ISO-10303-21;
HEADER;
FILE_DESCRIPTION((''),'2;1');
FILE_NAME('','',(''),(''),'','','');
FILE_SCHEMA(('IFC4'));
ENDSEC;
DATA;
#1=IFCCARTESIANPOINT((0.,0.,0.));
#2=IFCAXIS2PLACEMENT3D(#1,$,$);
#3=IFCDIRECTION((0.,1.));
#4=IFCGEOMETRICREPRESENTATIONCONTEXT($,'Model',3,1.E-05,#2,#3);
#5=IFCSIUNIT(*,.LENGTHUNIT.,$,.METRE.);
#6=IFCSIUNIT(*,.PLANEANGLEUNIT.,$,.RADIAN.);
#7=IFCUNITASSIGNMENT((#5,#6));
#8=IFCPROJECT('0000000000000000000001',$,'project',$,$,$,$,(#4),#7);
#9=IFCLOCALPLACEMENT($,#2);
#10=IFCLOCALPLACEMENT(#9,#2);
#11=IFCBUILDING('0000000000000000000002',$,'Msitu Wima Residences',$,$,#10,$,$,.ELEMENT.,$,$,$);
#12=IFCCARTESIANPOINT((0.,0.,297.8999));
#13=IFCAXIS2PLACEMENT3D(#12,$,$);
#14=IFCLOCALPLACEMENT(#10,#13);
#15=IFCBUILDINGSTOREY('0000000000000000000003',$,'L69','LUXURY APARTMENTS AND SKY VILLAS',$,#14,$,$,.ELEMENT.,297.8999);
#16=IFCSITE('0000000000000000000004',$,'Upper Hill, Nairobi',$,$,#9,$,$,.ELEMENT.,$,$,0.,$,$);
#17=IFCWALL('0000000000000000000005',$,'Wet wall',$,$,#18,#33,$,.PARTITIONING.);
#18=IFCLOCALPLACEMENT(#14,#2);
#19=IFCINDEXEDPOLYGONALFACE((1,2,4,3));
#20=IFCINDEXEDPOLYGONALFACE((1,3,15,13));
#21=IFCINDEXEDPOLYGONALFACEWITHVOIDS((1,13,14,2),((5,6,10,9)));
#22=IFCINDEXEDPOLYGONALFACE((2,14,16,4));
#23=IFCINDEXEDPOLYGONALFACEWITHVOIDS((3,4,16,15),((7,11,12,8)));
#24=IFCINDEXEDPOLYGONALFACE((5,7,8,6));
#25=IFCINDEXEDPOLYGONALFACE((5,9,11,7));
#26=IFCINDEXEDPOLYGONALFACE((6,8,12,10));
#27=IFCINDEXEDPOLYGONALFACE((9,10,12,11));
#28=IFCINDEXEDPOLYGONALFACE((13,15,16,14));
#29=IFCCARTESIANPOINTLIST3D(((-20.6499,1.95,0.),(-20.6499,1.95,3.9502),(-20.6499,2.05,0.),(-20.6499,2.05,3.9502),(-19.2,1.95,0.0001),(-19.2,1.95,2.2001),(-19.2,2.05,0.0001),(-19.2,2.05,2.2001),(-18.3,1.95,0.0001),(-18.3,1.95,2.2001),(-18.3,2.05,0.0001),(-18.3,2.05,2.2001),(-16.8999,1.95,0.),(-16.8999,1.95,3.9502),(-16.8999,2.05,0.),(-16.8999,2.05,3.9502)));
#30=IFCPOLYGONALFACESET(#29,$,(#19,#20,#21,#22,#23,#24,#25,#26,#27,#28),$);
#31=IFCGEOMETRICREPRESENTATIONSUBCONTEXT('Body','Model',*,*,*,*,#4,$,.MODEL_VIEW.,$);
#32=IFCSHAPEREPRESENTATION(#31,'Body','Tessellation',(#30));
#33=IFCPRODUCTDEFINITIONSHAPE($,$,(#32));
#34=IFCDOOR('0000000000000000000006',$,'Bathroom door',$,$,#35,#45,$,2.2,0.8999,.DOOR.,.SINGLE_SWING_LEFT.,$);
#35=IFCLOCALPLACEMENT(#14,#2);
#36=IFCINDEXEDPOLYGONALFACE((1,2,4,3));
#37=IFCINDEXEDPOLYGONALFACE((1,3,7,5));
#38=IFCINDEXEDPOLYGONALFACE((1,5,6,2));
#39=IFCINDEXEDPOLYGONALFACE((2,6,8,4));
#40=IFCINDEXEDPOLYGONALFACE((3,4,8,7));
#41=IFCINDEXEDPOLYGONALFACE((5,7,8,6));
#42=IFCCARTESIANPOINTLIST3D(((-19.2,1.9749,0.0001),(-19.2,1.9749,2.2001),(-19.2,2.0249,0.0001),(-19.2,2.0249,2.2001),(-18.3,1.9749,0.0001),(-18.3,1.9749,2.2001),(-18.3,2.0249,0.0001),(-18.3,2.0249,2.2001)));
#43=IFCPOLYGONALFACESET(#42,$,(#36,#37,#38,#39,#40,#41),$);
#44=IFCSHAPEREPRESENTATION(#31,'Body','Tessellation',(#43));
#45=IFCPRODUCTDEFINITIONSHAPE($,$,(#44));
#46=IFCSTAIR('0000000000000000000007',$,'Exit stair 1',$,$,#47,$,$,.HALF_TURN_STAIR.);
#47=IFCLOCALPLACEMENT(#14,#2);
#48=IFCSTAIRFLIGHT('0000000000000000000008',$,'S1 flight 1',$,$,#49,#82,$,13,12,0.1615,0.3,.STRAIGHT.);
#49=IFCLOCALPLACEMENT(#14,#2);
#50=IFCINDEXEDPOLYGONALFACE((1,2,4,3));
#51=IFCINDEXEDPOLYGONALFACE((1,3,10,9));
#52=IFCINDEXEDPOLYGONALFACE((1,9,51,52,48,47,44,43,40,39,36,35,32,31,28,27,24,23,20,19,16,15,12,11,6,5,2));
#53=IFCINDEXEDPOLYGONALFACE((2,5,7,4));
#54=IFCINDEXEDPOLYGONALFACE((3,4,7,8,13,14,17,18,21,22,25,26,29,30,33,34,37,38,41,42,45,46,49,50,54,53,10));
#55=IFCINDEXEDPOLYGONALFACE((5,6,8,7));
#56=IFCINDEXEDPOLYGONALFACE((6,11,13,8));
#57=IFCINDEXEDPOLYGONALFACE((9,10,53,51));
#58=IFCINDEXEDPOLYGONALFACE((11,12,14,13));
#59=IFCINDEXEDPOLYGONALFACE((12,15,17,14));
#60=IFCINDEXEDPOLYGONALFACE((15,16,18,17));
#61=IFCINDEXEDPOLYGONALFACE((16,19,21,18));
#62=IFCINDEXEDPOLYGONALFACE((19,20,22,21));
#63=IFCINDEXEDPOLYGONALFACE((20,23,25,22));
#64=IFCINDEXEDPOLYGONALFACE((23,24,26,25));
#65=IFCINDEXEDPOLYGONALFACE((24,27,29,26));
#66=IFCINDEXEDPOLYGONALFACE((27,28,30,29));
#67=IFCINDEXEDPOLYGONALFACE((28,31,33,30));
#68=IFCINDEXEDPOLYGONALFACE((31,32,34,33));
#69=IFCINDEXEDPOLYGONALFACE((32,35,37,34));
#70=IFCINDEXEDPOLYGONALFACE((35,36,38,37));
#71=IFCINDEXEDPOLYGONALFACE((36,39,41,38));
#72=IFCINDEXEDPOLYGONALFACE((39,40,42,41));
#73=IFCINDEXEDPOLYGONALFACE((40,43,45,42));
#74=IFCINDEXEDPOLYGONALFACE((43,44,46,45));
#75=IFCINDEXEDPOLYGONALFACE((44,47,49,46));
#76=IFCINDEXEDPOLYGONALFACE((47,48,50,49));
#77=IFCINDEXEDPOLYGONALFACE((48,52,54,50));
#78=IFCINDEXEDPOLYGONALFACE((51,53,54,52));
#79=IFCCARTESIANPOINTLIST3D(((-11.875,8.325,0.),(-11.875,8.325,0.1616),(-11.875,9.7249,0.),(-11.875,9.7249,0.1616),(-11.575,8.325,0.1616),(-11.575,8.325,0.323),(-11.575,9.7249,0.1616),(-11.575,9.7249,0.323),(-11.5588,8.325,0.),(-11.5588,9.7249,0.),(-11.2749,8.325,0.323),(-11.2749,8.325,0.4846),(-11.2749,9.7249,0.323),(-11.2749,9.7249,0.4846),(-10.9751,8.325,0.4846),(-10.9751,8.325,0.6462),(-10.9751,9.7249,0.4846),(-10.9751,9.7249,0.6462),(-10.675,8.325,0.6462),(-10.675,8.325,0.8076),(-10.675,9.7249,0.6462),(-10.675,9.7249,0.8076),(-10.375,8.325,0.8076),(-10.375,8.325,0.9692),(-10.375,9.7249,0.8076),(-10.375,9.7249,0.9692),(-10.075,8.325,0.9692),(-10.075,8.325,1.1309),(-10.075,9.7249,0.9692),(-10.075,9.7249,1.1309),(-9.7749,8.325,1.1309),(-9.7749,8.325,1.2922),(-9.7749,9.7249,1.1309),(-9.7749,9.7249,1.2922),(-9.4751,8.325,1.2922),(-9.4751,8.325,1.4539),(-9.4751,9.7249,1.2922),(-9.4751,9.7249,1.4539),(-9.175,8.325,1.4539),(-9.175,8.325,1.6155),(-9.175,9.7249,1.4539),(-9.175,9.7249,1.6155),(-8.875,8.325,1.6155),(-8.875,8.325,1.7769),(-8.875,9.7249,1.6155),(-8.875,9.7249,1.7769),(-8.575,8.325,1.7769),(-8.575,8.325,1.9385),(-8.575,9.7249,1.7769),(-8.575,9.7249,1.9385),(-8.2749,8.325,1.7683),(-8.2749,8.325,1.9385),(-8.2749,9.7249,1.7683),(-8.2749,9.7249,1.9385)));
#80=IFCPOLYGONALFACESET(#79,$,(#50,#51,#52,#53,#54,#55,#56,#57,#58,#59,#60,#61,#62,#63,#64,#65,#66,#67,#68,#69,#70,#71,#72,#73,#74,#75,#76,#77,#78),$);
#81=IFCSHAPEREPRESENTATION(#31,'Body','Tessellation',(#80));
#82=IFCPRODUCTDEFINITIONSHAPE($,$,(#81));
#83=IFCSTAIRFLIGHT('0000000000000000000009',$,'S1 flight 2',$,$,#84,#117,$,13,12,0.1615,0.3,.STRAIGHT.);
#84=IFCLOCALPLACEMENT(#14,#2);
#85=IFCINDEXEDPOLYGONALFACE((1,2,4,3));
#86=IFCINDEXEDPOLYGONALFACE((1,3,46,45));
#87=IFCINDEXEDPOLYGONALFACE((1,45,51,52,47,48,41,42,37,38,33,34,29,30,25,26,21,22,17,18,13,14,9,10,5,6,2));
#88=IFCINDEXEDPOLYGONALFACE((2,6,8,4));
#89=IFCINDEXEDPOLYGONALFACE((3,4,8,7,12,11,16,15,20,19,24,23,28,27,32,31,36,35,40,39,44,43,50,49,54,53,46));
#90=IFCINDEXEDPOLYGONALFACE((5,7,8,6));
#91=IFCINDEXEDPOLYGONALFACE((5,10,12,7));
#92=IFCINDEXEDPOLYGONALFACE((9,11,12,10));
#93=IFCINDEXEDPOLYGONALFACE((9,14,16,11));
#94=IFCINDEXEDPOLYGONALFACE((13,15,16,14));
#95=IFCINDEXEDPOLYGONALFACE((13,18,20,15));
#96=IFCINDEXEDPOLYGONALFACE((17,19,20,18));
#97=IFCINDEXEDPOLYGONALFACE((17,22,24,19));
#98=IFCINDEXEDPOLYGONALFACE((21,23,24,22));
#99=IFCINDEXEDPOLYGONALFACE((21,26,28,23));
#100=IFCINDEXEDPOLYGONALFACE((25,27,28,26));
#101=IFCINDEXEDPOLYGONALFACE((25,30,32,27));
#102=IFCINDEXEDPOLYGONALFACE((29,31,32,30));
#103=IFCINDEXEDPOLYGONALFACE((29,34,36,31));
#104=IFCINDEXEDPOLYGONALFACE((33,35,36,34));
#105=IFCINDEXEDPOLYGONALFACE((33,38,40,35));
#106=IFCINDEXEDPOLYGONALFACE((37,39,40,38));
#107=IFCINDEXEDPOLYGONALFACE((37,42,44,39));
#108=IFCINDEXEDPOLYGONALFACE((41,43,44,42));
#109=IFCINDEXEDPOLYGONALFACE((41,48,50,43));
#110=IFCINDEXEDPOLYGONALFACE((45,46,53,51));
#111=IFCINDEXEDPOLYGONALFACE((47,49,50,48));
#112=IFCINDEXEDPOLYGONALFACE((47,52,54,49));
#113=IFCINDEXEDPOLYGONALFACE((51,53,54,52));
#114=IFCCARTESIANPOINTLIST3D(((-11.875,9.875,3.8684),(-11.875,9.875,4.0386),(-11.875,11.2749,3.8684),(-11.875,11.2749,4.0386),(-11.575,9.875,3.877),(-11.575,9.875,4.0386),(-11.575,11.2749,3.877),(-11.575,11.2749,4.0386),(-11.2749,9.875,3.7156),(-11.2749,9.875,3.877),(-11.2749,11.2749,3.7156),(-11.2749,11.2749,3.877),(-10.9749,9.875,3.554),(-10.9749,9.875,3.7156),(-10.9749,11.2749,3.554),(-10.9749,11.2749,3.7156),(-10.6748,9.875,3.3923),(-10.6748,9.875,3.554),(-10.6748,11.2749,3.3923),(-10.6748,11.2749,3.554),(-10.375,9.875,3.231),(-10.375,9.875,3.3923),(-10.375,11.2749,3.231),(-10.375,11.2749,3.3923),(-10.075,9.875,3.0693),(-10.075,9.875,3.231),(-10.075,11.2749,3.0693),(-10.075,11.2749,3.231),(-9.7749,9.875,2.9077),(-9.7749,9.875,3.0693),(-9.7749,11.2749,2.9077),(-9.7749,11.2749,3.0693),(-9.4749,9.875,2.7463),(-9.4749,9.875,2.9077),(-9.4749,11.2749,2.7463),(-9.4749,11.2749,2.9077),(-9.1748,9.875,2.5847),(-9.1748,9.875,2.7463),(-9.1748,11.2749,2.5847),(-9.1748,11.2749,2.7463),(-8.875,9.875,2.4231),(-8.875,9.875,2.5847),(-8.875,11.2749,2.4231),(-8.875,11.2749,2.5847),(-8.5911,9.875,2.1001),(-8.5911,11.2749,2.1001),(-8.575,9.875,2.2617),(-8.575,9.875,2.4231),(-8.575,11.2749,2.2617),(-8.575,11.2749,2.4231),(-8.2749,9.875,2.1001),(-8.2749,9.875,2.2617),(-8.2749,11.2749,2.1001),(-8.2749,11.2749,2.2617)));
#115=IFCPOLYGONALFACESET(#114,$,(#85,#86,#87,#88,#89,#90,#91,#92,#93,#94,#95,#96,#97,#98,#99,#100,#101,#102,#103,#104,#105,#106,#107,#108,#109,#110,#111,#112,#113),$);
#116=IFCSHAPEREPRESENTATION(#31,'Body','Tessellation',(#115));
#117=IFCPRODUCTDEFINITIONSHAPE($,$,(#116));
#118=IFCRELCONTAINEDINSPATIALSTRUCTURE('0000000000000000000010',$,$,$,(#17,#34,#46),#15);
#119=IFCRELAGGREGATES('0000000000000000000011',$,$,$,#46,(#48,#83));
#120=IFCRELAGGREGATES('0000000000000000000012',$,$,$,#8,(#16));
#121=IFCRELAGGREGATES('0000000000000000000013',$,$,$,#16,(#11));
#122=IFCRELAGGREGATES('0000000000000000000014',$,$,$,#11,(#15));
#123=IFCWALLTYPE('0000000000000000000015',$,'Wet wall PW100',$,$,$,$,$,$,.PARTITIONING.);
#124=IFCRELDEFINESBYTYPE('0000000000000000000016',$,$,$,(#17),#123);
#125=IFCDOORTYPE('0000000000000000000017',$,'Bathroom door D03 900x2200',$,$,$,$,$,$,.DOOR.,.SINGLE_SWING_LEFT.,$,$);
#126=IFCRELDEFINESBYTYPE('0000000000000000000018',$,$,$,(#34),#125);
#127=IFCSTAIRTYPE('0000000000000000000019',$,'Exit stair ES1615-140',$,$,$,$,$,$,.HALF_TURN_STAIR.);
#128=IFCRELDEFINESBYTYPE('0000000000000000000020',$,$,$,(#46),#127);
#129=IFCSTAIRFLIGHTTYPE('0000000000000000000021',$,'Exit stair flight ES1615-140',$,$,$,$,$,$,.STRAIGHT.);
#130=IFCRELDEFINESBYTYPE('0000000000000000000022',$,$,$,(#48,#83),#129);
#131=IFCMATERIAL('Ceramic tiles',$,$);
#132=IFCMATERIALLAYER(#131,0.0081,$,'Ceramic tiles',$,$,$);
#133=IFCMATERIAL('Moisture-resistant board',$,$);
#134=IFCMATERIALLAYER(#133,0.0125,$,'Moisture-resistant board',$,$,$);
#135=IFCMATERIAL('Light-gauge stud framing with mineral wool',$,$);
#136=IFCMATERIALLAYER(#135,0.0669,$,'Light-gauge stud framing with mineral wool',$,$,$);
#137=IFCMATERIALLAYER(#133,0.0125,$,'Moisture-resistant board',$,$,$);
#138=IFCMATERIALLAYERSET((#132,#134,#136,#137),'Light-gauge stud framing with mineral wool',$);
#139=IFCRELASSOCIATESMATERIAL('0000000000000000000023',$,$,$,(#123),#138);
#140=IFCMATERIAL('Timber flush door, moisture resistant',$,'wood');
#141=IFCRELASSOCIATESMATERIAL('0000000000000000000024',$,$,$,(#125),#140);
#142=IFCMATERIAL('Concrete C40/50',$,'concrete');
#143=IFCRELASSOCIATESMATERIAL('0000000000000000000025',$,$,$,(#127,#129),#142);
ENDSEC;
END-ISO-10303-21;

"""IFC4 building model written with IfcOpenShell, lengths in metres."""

from ifc_helpers import new_model, si_unit, direction, frame, frame_2d, origin, place, context, subcontext, project, spatial, polyline, rectangle, outline, extrude, material, layer, layer_set, type_object, element, fill, aggregate, save


model = new_model("IFC4")

# Units and contexts
model_context = context("Model", 3, precision=1e-05, world=origin(), true_north=direction((0.0, 1.0)))
body_context = subcontext(model_context, "Body", "Model", "MODEL_VIEW")
ifc_project = project(units=[si_unit("LENGTHUNIT", "METRE"), si_unit("PLANEANGLEUNIT", "RADIAN")], contexts=[model_context])

# Site, building, storey
site_placement = place(None, origin())
site = spatial("IfcSite", under=ifc_project, at=site_placement, Name="Upper Hill, Nairobi", CompositionType="ELEMENT", RefElevation=0.0)
building_placement = place(site_placement, origin())
building = spatial("IfcBuilding", under=site, at=building_placement, Name="Msitu Wima Residences", CompositionType="ELEMENT")
storey_placement = place(building_placement, frame((0.0, 0.0, 297.8999)))
storey = spatial("IfcBuildingStorey", under=building, at=storey_placement, Name="L69", Description="LUXURY APARTMENTS AND SKY VILLAS", CompositionType="ELEMENT", Elevation=297.8999)

# Shared definitions
ifc_material_1 = material(Name="Light-gauge stud framing with mineral wool")

# Wall, opening, door
ifc_material_2 = material(Name="Ceramic tiles")
ifc_layer_1 = layer(ifc_material_2, 0.0081, Name="Ceramic tiles")
ifc_material_3 = material(Name="Moisture-resistant board")
ifc_layer_2 = layer(ifc_material_3, 0.0125, Name="Moisture-resistant board")
ifc_layer_3 = layer(ifc_material_1, 0.0669, Name="Light-gauge stud framing with mineral wool")
ifc_layer_4 = layer(ifc_material_3, 0.0125, Name="Moisture-resistant board")
ifc_layer_set_1 = layer_set([ifc_layer_1, ifc_layer_2, ifc_layer_3, ifc_layer_4], Name="Light-gauge stud framing with mineral wool")
wall_type_1 = type_object("IfcWallType", Name="Wet wall PW100", PredefinedType="PARTITIONING", material=ifc_layer_set_1)
wall_1_placement = place(storey_placement, frame((-20.6499, 2.0, 0.0), z_axis=(0.0, 0.0, 1.0), x_axis=(1.0, 0.0, 0.0)))
wall_1 = element("IfcWall", 1, at=wall_1_placement, inside=storey, type_object=wall_type_1, Name="Wet wall", PredefinedType="PARTITIONING", context=body_context, shape_type="SweptSolid", body=[
    extrude(rectangle(XDim=3.75, YDim=0.1001, at=frame_2d((1.875, 0.0))), origin(), (0.0, 0.0, 1.0), 3.9502),
])
opening_1_placement = place(wall_1_placement, frame((1.45, 0.0, 0.0)))
opening_1 = element("IfcOpeningElement", 2, at=opening_1_placement, cuts=wall_1, PredefinedType="OPENING", context=body_context, shape_type="SweptSolid", body=[
    extrude(rectangle(XDim=0.8999, YDim=2.2, at=frame_2d((0.45, 1.1001))), frame((0.0, 0.0601, 0.0), z_axis=(0.0, -1.0, 0.0), x_axis=(1.0, 0.0, 0.0)), (0.0, 0.0, 1.0), 0.1201),
])
ifc_material_4 = material(Name="Timber flush door, moisture resistant", Category="wood")
door_type_1 = type_object("IfcDoorType", Name="Bathroom door D03 900x2200", OperationType="SINGLE_SWING_LEFT", PredefinedType="DOOR", material=ifc_material_4)
door_1_placement = place(opening_1_placement, origin())
door_1 = element("IfcDoor", 3, at=door_1_placement, inside=storey, type_object=door_type_1, Name="Bathroom door", OperationType="SINGLE_SWING_LEFT", OverallHeight=2.2, OverallWidth=0.8999, PredefinedType="DOOR", context=body_context, shape_type="SweptSolid", body=[
    extrude(rectangle(XDim=0.8999, YDim=2.2, at=frame_2d((0.45, 1.1001))), frame((0.0, 0.0249, 0.0), z_axis=(0.0, -1.0, 0.0), x_axis=(1.0, 0.0, 0.0)), (0.0, 0.0, 1.0), 0.05),
])
fill(opening_1, door_1)

# Stair, stair flights
ifc_material_5 = material(Name="Concrete C40/50", Category="concrete")
stair_type = type_object("IfcStairType", Name="Exit stair ES1615-140", PredefinedType="HALF_TURN_STAIR", material=ifc_material_5)
stair_placement = place(storey_placement, origin())
stair = element("IfcStair", 4, at=stair_placement, inside=storey, type_object=stair_type, Name="Exit stair 1", PredefinedType="HALF_TURN_STAIR")
stair_flight_type = type_object("IfcStairFlightType", Name="Exit stair flight ES1615-140", PredefinedType="STRAIGHT", material=ifc_material_5)
stair_flight_1_placement = place(storey_placement, frame((-11.875, 9.0249, 0.0), z_axis=(0.0, 0.0, 1.0), x_axis=(1.0, 0.0, 0.0)))
stair_flight_1 = element("IfcStairFlight", 5, at=stair_flight_1_placement, type_object=stair_flight_type, Name="S1 flight 1", NumberOfRisers=13, NumberOfTreads=12, PredefinedType="STRAIGHT", RiserHeight=0.1615, TreadLength=0.3, context=body_context, shape_type="SweptSolid", body=[
    extrude(outline(polyline([(0.0, 0.0), (0.0, 0.1616), (0.3, 0.1616), (0.3, 0.323), (0.6001, 0.323), (0.6001, 0.4846), (0.8999, 0.4846), (0.8999, 0.6462), (1.2, 0.6462), (1.2, 0.8076), (1.5, 0.8076), (1.5, 0.9692), (1.8, 0.9692), (1.8, 1.1309), (2.1001, 1.1309), (2.1001, 1.2922), (2.3999, 1.2922), (2.3999, 1.4539), (2.7, 1.4539), (2.7, 1.6155), (3.0, 1.6155), (3.0, 1.7769), (3.3, 1.7769), (3.3, 1.9385), (3.6001, 1.9385), (3.6001, 2.1001), (3.6001, 1.7683), (0.3162, 0.0), (0.0, 0.0)])), frame((0.0, 0.7, 0.0), z_axis=(0.0, -1.0, 0.0), x_axis=(1.0, 0.0, 0.0)), (0.0, 0.0, 1.0), 1.3999),
])
stair_flight_2_placement = place(storey_placement, frame((-8.2749, 10.575, 2.1001), z_axis=(0.0, 0.0, 1.0), x_axis=(-1.0, 0.0, 0.0)))
stair_flight_2 = element("IfcStairFlight", 6, at=stair_flight_2_placement, type_object=stair_flight_type, Name="S1 flight 2", NumberOfRisers=13, NumberOfTreads=12, PredefinedType="STRAIGHT", RiserHeight=0.1615, TreadLength=0.3, context=body_context, shape_type="SweptSolid", body=[
    extrude(outline(polyline([(0.0, 0.0), (0.0, 0.1616), (0.3, 0.1616), (0.3, 0.323), (0.6001, 0.323), (0.6001, 0.4846), (0.8999, 0.4846), (0.8999, 0.6462), (1.2, 0.6462), (1.2, 0.8076), (1.5, 0.8076), (1.5, 0.9692), (1.8, 0.9692), (1.8, 1.1309), (2.1001, 1.1309), (2.1001, 1.2922), (2.3999, 1.2922), (2.3999, 1.4539), (2.7, 1.4539), (2.7, 1.6155), (3.0, 1.6155), (3.0, 1.7769), (3.3, 1.7769), (3.3, 1.9385), (3.6001, 1.9385), (3.6001, 2.1001), (3.6001, 1.7683), (0.3162, 0.0), (0.0, 0.0)])), frame((0.0, 0.7, 0.0), z_axis=(0.0, -1.0, 0.0), x_axis=(1.0, 0.0, 0.0)), (0.0, 0.0, 1.0), 1.3999),
])
aggregate(stair, [stair_flight_1, stair_flight_2])

save(model, "model.ifc")
